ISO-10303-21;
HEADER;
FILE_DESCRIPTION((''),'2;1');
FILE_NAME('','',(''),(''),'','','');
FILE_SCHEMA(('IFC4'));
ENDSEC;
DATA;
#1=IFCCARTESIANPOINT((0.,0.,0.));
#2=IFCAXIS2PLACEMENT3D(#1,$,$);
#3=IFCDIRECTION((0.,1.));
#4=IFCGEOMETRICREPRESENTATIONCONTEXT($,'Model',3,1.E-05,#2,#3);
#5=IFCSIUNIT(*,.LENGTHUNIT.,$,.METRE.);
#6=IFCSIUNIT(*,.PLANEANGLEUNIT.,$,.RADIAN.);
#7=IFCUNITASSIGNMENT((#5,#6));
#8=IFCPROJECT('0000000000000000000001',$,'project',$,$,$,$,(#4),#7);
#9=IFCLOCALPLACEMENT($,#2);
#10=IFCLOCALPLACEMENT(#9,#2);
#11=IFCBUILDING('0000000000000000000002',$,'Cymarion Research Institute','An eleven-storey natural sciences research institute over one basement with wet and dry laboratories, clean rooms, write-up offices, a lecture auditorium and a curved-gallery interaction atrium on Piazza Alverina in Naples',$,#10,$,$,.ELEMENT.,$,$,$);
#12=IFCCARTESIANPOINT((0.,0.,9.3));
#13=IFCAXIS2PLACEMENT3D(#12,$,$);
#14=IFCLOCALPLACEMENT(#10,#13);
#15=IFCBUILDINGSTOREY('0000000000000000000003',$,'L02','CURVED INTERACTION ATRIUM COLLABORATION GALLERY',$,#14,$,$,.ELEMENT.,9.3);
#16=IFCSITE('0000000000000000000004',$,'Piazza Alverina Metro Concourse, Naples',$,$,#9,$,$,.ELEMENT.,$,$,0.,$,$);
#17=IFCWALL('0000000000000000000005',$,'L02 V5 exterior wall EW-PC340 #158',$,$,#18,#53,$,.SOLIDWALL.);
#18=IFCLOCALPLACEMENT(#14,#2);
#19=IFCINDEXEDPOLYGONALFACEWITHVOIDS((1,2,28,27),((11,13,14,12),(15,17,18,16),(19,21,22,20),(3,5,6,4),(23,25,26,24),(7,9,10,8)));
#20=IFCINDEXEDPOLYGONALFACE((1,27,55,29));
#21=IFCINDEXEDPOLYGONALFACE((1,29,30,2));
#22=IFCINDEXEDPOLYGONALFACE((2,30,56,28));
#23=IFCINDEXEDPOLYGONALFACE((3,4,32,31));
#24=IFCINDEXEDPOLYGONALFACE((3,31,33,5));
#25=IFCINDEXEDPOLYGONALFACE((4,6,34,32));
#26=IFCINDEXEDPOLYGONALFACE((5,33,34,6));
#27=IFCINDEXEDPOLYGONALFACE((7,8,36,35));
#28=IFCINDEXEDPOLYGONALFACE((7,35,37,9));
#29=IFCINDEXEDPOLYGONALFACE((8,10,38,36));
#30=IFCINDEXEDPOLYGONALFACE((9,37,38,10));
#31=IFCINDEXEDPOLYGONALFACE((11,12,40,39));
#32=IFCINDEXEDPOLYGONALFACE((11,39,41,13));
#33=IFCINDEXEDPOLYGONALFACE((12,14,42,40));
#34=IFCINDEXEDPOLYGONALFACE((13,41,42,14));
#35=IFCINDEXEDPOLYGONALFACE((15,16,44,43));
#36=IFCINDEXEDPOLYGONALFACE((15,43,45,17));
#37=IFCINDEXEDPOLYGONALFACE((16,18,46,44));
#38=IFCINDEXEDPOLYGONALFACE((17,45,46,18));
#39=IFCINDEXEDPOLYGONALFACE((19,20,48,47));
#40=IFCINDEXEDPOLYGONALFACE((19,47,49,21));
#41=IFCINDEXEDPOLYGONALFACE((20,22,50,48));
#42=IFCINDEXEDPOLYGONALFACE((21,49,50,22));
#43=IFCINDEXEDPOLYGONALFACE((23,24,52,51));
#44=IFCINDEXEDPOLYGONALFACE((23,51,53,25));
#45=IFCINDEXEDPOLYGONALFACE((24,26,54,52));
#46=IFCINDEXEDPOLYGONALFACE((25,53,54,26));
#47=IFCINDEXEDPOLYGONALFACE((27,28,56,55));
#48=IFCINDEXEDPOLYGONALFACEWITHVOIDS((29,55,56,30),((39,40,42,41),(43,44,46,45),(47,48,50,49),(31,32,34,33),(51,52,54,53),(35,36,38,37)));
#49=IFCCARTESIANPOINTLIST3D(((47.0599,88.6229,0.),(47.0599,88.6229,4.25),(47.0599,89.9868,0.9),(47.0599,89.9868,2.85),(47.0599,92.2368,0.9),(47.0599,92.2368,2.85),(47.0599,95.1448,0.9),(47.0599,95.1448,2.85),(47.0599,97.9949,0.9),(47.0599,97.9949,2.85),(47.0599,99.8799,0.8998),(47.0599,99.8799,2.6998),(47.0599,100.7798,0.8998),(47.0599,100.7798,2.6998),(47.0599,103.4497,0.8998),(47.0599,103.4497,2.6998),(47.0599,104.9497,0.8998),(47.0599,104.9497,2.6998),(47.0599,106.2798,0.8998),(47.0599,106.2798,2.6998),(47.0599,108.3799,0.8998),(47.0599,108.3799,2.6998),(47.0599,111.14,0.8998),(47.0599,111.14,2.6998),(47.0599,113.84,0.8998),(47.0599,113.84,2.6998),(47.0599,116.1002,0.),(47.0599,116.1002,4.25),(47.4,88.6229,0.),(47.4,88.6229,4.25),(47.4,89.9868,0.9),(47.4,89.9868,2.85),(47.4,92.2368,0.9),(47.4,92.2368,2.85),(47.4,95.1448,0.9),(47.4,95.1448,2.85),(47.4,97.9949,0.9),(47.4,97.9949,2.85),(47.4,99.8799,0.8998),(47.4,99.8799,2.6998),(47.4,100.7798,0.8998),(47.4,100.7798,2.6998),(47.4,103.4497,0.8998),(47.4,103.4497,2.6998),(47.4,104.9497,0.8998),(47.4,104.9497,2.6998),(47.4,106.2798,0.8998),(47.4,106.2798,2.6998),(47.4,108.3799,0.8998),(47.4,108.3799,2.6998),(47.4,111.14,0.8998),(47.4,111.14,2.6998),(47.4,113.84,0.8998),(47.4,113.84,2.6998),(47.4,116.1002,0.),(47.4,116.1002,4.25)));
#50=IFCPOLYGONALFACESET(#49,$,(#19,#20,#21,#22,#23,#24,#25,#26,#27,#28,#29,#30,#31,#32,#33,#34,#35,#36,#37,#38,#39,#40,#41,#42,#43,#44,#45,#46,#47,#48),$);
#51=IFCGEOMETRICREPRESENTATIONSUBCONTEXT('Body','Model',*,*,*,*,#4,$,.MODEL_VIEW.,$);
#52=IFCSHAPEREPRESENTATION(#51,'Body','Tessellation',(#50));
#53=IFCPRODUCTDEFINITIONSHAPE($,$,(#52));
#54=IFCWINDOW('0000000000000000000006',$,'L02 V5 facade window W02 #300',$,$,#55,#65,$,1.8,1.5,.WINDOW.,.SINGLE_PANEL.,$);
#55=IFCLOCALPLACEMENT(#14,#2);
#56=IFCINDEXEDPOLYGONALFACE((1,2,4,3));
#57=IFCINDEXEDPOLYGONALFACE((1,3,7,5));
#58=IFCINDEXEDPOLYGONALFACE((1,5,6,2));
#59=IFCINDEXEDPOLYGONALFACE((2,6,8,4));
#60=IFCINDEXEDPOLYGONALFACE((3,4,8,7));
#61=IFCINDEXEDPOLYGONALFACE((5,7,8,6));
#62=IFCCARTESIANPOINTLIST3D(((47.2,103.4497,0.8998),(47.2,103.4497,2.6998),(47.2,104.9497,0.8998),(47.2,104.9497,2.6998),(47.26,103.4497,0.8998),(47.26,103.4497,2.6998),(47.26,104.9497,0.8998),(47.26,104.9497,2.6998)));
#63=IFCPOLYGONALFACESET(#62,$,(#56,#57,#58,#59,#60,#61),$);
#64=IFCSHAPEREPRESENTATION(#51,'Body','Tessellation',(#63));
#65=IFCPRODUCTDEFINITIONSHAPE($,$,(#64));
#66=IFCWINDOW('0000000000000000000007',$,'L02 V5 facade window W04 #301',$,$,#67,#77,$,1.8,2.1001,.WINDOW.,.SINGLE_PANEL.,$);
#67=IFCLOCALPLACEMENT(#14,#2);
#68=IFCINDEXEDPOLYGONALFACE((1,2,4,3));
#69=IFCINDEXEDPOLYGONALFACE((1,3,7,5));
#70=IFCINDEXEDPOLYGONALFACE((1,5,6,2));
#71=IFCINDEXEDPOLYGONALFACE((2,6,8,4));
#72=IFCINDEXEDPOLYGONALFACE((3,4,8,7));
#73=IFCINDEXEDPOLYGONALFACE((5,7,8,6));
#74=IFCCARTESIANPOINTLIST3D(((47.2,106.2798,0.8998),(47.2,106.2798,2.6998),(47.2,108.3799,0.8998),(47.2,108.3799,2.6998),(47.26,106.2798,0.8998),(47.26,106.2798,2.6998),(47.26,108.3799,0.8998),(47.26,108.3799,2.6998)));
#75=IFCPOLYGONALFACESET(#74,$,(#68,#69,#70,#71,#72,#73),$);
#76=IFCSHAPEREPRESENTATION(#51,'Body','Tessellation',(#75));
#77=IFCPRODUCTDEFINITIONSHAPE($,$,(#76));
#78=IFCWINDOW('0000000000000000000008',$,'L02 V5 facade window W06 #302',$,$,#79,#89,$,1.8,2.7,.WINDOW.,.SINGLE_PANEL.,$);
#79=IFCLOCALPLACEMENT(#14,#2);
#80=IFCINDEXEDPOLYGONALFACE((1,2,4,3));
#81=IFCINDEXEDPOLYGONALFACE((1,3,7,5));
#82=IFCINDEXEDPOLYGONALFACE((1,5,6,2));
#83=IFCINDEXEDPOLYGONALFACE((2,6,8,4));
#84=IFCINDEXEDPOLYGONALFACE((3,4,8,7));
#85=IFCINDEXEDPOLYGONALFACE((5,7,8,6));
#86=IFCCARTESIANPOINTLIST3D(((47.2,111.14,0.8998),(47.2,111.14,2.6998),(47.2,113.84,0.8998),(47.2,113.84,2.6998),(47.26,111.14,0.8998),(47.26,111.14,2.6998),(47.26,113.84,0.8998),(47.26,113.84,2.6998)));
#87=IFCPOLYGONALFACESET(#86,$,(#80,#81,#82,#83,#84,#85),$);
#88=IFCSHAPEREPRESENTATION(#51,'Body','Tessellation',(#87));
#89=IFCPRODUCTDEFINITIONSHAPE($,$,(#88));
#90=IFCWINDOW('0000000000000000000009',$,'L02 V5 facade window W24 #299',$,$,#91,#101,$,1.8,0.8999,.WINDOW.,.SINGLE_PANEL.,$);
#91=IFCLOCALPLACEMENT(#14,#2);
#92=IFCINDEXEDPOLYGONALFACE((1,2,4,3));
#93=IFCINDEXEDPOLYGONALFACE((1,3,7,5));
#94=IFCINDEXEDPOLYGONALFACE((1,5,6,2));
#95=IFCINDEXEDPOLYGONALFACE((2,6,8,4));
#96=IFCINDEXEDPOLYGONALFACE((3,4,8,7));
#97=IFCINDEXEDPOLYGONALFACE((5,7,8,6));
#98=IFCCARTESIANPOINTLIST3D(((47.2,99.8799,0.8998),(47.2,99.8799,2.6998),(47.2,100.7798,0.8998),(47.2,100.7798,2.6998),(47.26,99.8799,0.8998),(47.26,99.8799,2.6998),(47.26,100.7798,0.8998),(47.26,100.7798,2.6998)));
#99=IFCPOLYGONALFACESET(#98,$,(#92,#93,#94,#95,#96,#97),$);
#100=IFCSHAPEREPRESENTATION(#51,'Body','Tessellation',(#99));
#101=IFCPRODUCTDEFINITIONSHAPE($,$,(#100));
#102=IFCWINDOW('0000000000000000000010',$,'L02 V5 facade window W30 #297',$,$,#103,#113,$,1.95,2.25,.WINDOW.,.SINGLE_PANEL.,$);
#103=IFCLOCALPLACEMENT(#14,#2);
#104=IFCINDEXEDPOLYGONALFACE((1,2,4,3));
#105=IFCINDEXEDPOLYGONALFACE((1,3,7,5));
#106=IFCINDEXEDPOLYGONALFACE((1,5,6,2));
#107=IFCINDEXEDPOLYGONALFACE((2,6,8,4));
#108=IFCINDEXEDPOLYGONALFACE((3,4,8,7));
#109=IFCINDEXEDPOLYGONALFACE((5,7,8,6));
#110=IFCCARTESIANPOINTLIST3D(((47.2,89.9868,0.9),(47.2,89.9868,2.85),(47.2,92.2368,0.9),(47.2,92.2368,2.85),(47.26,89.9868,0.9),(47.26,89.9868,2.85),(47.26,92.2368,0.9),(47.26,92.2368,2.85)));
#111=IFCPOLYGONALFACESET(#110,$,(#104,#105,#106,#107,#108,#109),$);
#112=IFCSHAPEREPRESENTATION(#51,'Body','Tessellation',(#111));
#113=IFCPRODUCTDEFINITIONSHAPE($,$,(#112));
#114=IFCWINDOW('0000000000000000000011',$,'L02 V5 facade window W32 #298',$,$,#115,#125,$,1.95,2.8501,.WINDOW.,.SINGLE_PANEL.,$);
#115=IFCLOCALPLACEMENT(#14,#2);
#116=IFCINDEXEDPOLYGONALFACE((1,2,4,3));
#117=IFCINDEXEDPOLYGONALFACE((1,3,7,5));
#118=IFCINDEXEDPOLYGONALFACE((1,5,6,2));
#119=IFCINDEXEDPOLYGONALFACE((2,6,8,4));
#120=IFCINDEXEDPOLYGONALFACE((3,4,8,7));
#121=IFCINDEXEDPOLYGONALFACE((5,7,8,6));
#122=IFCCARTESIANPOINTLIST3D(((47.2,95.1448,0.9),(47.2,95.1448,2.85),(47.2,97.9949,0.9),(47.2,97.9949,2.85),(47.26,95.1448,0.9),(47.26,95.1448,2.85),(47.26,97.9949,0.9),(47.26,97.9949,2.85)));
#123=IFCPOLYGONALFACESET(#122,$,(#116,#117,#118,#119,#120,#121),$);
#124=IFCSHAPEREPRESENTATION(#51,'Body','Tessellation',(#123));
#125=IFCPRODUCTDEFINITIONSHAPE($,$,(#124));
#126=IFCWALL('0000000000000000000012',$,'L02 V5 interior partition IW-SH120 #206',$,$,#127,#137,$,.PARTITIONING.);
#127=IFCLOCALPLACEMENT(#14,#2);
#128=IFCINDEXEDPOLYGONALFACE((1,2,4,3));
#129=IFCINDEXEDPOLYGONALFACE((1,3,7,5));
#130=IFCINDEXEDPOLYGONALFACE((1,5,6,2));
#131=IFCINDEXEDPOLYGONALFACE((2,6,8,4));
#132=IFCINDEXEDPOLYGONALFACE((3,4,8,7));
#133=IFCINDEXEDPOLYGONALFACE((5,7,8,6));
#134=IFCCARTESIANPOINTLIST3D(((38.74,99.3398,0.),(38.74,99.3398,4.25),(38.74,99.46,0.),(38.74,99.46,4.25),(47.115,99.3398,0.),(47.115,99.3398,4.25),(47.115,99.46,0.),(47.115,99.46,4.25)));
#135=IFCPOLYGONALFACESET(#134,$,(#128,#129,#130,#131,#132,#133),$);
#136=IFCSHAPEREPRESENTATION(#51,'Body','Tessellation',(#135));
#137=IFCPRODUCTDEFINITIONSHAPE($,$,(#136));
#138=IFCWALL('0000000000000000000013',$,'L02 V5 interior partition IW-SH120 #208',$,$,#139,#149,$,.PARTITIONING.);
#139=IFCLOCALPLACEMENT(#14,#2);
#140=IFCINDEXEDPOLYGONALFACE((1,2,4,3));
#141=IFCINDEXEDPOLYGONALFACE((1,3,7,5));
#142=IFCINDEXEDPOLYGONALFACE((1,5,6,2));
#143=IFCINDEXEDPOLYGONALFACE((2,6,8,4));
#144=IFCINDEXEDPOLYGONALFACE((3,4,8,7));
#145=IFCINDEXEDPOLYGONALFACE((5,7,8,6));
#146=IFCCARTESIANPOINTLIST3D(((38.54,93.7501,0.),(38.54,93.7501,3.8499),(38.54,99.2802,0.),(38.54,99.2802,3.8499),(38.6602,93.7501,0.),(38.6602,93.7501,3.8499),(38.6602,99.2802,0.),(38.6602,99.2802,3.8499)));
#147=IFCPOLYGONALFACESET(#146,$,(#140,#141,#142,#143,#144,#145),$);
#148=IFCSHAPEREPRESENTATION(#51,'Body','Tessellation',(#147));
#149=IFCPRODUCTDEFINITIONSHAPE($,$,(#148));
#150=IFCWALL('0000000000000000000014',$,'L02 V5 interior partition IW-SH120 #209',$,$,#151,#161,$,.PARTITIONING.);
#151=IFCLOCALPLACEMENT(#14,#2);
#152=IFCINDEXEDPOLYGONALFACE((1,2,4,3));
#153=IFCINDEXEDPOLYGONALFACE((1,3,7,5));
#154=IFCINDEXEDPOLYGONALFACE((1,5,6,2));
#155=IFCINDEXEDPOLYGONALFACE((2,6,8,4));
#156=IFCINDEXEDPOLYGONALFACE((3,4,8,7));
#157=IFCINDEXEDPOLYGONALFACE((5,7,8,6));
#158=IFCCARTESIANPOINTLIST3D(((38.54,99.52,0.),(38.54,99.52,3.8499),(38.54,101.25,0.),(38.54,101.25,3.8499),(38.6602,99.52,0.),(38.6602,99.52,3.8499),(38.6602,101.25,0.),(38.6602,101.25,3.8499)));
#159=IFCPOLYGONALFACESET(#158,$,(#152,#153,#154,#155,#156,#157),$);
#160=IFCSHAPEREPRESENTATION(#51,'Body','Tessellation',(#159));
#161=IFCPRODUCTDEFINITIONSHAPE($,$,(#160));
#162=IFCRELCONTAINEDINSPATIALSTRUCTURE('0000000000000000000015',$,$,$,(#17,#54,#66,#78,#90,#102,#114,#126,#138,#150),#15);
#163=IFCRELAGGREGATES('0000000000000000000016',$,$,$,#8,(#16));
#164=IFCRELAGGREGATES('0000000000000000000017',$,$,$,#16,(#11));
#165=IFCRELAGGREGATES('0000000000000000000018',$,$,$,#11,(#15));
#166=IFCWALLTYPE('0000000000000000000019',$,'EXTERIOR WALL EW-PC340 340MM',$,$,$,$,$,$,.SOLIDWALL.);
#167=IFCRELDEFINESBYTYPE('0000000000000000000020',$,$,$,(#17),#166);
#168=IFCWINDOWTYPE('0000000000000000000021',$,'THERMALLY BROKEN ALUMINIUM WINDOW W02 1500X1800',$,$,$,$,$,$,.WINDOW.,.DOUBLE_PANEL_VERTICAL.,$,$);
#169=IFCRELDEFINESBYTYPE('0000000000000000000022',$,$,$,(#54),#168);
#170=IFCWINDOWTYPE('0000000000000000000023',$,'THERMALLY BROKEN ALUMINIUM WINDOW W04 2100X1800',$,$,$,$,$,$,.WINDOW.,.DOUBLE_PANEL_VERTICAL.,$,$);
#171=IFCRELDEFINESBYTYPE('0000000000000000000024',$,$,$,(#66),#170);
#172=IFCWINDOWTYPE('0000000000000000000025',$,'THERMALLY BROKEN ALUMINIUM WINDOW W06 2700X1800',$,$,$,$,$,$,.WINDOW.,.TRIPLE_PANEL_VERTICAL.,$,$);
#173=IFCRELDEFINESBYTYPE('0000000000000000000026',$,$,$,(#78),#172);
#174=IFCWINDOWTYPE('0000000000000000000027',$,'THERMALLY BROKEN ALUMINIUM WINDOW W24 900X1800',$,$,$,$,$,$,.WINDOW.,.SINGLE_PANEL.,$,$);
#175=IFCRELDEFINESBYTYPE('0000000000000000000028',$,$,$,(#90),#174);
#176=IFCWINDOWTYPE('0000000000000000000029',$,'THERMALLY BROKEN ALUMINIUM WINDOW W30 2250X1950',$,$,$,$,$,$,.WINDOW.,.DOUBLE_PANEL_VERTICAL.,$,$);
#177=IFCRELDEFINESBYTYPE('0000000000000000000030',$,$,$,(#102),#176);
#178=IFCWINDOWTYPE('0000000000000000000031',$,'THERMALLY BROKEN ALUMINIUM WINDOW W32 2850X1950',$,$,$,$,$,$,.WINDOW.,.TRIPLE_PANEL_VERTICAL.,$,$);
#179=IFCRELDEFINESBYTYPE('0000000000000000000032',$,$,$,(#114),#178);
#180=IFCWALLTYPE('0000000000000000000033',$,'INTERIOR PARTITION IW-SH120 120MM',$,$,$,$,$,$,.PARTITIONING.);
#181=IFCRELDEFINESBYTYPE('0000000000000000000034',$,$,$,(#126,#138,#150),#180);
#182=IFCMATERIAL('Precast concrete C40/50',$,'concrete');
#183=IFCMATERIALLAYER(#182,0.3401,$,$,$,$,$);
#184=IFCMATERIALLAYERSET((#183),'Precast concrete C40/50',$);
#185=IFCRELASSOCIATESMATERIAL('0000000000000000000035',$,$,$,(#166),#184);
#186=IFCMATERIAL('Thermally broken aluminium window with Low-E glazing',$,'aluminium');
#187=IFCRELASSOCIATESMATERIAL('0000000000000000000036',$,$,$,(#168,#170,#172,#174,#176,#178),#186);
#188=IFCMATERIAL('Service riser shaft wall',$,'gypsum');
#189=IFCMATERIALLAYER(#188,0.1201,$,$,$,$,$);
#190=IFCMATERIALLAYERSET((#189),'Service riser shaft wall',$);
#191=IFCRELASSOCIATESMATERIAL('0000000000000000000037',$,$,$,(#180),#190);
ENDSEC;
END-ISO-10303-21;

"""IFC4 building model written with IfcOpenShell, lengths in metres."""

from ifc_helpers import new_model, si_unit, direction, frame, frame_2d, origin, place, context, subcontext, project, spatial, rectangle, extrude, material, layer, layer_set, type_object, element, fill, save


model = new_model("IFC4")

# Units and contexts
model_context = context("Model", 3, precision=1e-05, world=origin(), true_north=direction((0.0, 1.0)))
body_context = subcontext(model_context, "Body", "Model", "MODEL_VIEW")
ifc_project = project(units=[si_unit("LENGTHUNIT", "METRE"), si_unit("PLANEANGLEUNIT", "RADIAN")], contexts=[model_context])

# Site, building, storey
site_placement = place(None, origin())
site = spatial("IfcSite", under=ifc_project, at=site_placement, Name="Piazza Alverina Metro Concourse, Naples", CompositionType="ELEMENT", RefElevation=0.0)
building_placement = place(site_placement, origin())
building = spatial("IfcBuilding", under=site, at=building_placement, Name="Cymarion Research Institute", Description="An eleven-storey natural sciences research institute over one basement with wet and dry laboratories, clean rooms, write-up offices, a lecture auditorium and a curved-gallery interaction atrium on Piazza Alverina in Naples", CompositionType="ELEMENT")
storey_placement = place(building_placement, frame((0.0, 0.0, 9.3)))
storey = spatial("IfcBuildingStorey", under=building, at=storey_placement, Name="L02", Description="CURVED INTERACTION ATRIUM COLLABORATION GALLERY", CompositionType="ELEMENT", Elevation=9.3)

# Wall, openings, windows
ifc_material_1 = material(Name="Precast concrete C40/50", Category="concrete")
ifc_layer_1 = layer(ifc_material_1, 0.3401)
ifc_layer_set_1 = layer_set([ifc_layer_1], Name="Precast concrete C40/50")
wall_type_1 = type_object("IfcWallType", Name="EXTERIOR WALL EW-PC340 340MM", PredefinedType="SOLIDWALL", material=ifc_layer_set_1)
wall_1_placement = place(storey_placement, frame((47.23, 88.6228, 0.0), z_axis=(0.0, 0.0, 1.0), x_axis=(0.0, 1.0, 0.0)))
wall_1 = element("IfcWall", 1, at=wall_1_placement, inside=storey, type_object=wall_type_1, Name="L02 V5 exterior wall EW-PC340 #158", PredefinedType="SOLIDWALL", context=body_context, shape_type="SweptSolid", body=[
    extrude(rectangle(XDim=27.4773, YDim=0.3401, at=frame_2d((13.7388, 0.0))), origin(), (0.0, 0.0, 1.0), 4.25),
])
opening_1_placement = place(wall_1_placement, frame((1.364, 0.0, 0.8999)))
opening_1 = element("IfcOpeningElement", 2, at=opening_1_placement, cuts=wall_1, PredefinedType="OPENING", context=body_context, shape_type="SweptSolid", body=[
    extrude(rectangle(XDim=2.25, YDim=1.95, at=frame_2d((1.125, 0.9751))), frame((0.0, 0.1799, 0.0), z_axis=(0.0, -1.0, 0.0), x_axis=(1.0, 0.0, 0.0)), (0.0, 0.0, 1.0), 0.3601),
])
opening_2_placement = place(wall_1_placement, frame((6.522, 0.0, 0.8999)))
opening_2 = element("IfcOpeningElement", 3, at=opening_2_placement, cuts=wall_1, PredefinedType="OPENING", context=body_context, shape_type="SweptSolid", body=[
    extrude(rectangle(XDim=2.8501, YDim=1.95, at=frame_2d((1.425, 0.9751))), frame((0.0, 0.1799, 0.0), z_axis=(0.0, -1.0, 0.0), x_axis=(1.0, 0.0, 0.0)), (0.0, 0.0, 1.0), 0.3601),
])
opening_3_placement = place(wall_1_placement, frame((11.2571, 0.0, 0.8999)))
opening_3 = element("IfcOpeningElement", 4, at=opening_3_placement, cuts=wall_1, PredefinedType="OPENING", context=body_context, shape_type="SweptSolid", body=[
    extrude(rectangle(XDim=0.8999, YDim=1.8, at=frame_2d((0.45, 0.8999))), frame((0.0, 0.1799, 0.0), z_axis=(0.0, -1.0, 0.0), x_axis=(1.0, 0.0, 0.0)), (0.0, 0.0, 1.0), 0.3601),
])
opening_4_placement = place(wall_1_placement, frame((14.8269, 0.0, 0.8999)))
opening_4 = element("IfcOpeningElement", 5, at=opening_4_placement, cuts=wall_1, PredefinedType="OPENING", context=body_context, shape_type="SweptSolid", body=[
    extrude(rectangle(XDim=1.5, YDim=1.8, at=frame_2d((0.75, 0.8999))), frame((0.0, 0.1799, 0.0), z_axis=(0.0, -1.0, 0.0), x_axis=(1.0, 0.0, 0.0)), (0.0, 0.0, 1.0), 0.3601),
])
opening_5_placement = place(wall_1_placement, frame((17.657, 0.0, 0.8999)))
opening_5 = element("IfcOpeningElement", 6, at=opening_5_placement, cuts=wall_1, PredefinedType="OPENING", context=body_context, shape_type="SweptSolid", body=[
    extrude(rectangle(XDim=2.1001, YDim=1.8, at=frame_2d((1.05, 0.8999))), frame((0.0, 0.1799, 0.0), z_axis=(0.0, -1.0, 0.0), x_axis=(1.0, 0.0, 0.0)), (0.0, 0.0, 1.0), 0.3601),
])
opening_6_placement = place(wall_1_placement, frame((22.5171, 0.0, 0.8999)))
opening_6 = element("IfcOpeningElement", 7, at=opening_6_placement, cuts=wall_1, PredefinedType="OPENING", context=body_context, shape_type="SweptSolid", body=[
    extrude(rectangle(XDim=2.7, YDim=1.8, at=frame_2d((1.3501, 0.8999))), frame((0.0, 0.1799, 0.0), z_axis=(0.0, -1.0, 0.0), x_axis=(1.0, 0.0, 0.0)), (0.0, 0.0, 1.0), 0.3601),
])
ifc_material_2 = material(Name="Thermally broken aluminium window with Low-E glazing", Category="aluminium")
window_type_1 = type_object("IfcWindowType", Name="THERMALLY BROKEN ALUMINIUM WINDOW W02 1500X1800", PartitioningType="DOUBLE_PANEL_VERTICAL", PredefinedType="WINDOW", material=ifc_material_2)
window_1_placement = place(opening_4_placement, origin())
window_1 = element("IfcWindow", 8, at=window_1_placement, inside=storey, type_object=window_type_1, Name="L02 V5 facade window W02 #300", OverallHeight=1.8, OverallWidth=1.5, PartitioningType="SINGLE_PANEL", PredefinedType="WINDOW", context=body_context, shape_type="SweptSolid", body=[
    extrude(rectangle(XDim=1.5, YDim=1.8, at=frame_2d((0.75, 0.8999))), frame((0.0, 0.03, 0.0), z_axis=(0.0, -1.0, 0.0), x_axis=(1.0, 0.0, 0.0)), (0.0, 0.0, 1.0), 0.0601),
])
fill(opening_4, window_1)
window_type_2 = type_object("IfcWindowType", Name="THERMALLY BROKEN ALUMINIUM WINDOW W04 2100X1800", PartitioningType="DOUBLE_PANEL_VERTICAL", PredefinedType="WINDOW", material=ifc_material_2)
window_2_placement = place(opening_5_placement, origin())
window_2 = element("IfcWindow", 9, at=window_2_placement, inside=storey, type_object=window_type_2, Name="L02 V5 facade window W04 #301", OverallHeight=1.8, OverallWidth=2.1001, PartitioningType="SINGLE_PANEL", PredefinedType="WINDOW", context=body_context, shape_type="SweptSolid", body=[
    extrude(rectangle(XDim=2.1001, YDim=1.8, at=frame_2d((1.05, 0.8999))), frame((0.0, 0.03, 0.0), z_axis=(0.0, -1.0, 0.0), x_axis=(1.0, 0.0, 0.0)), (0.0, 0.0, 1.0), 0.0601),
])
fill(opening_5, window_2)
window_type_3 = type_object("IfcWindowType", Name="THERMALLY BROKEN ALUMINIUM WINDOW W06 2700X1800", PartitioningType="TRIPLE_PANEL_VERTICAL", PredefinedType="WINDOW", material=ifc_material_2)
window_3_placement = place(opening_6_placement, origin())
window_3 = element("IfcWindow", 10, at=window_3_placement, inside=storey, type_object=window_type_3, Name="L02 V5 facade window W06 #302", OverallHeight=1.8, OverallWidth=2.7, PartitioningType="SINGLE_PANEL", PredefinedType="WINDOW", context=body_context, shape_type="SweptSolid", body=[
    extrude(rectangle(XDim=2.7, YDim=1.8, at=frame_2d((1.3501, 0.8999))), frame((0.0, 0.03, 0.0), z_axis=(0.0, -1.0, 0.0), x_axis=(1.0, 0.0, 0.0)), (0.0, 0.0, 1.0), 0.0601),
])
fill(opening_6, window_3)
window_type_4 = type_object("IfcWindowType", Name="THERMALLY BROKEN ALUMINIUM WINDOW W24 900X1800", PartitioningType="SINGLE_PANEL", PredefinedType="WINDOW", material=ifc_material_2)
window_4_placement = place(opening_3_placement, origin())
window_4 = element("IfcWindow", 11, at=window_4_placement, inside=storey, type_object=window_type_4, Name="L02 V5 facade window W24 #299", OverallHeight=1.8, OverallWidth=0.8999, PartitioningType="SINGLE_PANEL", PredefinedType="WINDOW", context=body_context, shape_type="SweptSolid", body=[
    extrude(rectangle(XDim=0.8999, YDim=1.8, at=frame_2d((0.45, 0.8999))), frame((0.0, 0.03, 0.0), z_axis=(0.0, -1.0, 0.0), x_axis=(1.0, 0.0, 0.0)), (0.0, 0.0, 1.0), 0.0601),
])
fill(opening_3, window_4)
window_type_5 = type_object("IfcWindowType", Name="THERMALLY BROKEN ALUMINIUM WINDOW W30 2250X1950", PartitioningType="DOUBLE_PANEL_VERTICAL", PredefinedType="WINDOW", material=ifc_material_2)
window_5_placement = place(opening_1_placement, origin())
window_5 = element("IfcWindow", 12, at=window_5_placement, inside=storey, type_object=window_type_5, Name="L02 V5 facade window W30 #297", OverallHeight=1.95, OverallWidth=2.25, PartitioningType="SINGLE_PANEL", PredefinedType="WINDOW", context=body_context, shape_type="SweptSolid", body=[
    extrude(rectangle(XDim=2.25, YDim=1.95, at=frame_2d((1.125, 0.9751))), frame((0.0, 0.03, 0.0), z_axis=(0.0, -1.0, 0.0), x_axis=(1.0, 0.0, 0.0)), (0.0, 0.0, 1.0), 0.0601),
])
fill(opening_1, window_5)
window_type_6 = type_object("IfcWindowType", Name="THERMALLY BROKEN ALUMINIUM WINDOW W32 2850X1950", PartitioningType="TRIPLE_PANEL_VERTICAL", PredefinedType="WINDOW", material=ifc_material_2)
window_6_placement = place(opening_2_placement, origin())
window_6 = element("IfcWindow", 13, at=window_6_placement, inside=storey, type_object=window_type_6, Name="L02 V5 facade window W32 #298", OverallHeight=1.95, OverallWidth=2.8501, PartitioningType="SINGLE_PANEL", PredefinedType="WINDOW", context=body_context, shape_type="SweptSolid", body=[
    extrude(rectangle(XDim=2.8501, YDim=1.95, at=frame_2d((1.425, 0.9751))), frame((0.0, 0.03, 0.0), z_axis=(0.0, -1.0, 0.0), x_axis=(1.0, 0.0, 0.0)), (0.0, 0.0, 1.0), 0.0601),
])
fill(opening_2, window_6)

# Walls
ifc_material_3 = material(Name="Service riser shaft wall", Category="gypsum")
ifc_layer_2 = layer(ifc_material_3, 0.1201)
ifc_layer_set_2 = layer_set([ifc_layer_2], Name="Service riser shaft wall")
wall_type_2 = type_object("IfcWallType", Name="INTERIOR PARTITION IW-SH120 120MM", PredefinedType="PARTITIONING", material=ifc_layer_set_2)
wall_2_placement = place(storey_placement, frame((38.74, 99.3999, 0.0), z_axis=(0.0, 0.0, 1.0), x_axis=(1.0, 0.0, 0.0)))
element("IfcWall", 14, at=wall_2_placement, inside=storey, type_object=wall_type_2, Name="L02 V5 interior partition IW-SH120 #206", PredefinedType="PARTITIONING", context=body_context, shape_type="SweptSolid", body=[
    extrude(rectangle(XDim=8.375, YDim=0.1201, at=frame_2d((4.1875, 0.0))), origin(), (0.0, 0.0, 1.0), 4.25),
])
wall_3_placement = place(storey_placement, frame((38.6001, 93.75, 0.0), z_axis=(0.0, 0.0, 1.0), x_axis=(0.0, 1.0, 0.0)))
element("IfcWall", 15, at=wall_3_placement, inside=storey, type_object=wall_type_2, Name="L02 V5 interior partition IW-SH120 #208", PredefinedType="PARTITIONING", context=body_context, shape_type="SweptSolid", body=[
    extrude(rectangle(XDim=5.53, YDim=0.1201, at=frame_2d((2.7651, 0.0))), origin(), (0.0, 0.0, 1.0), 3.8499),
])
wall_4_placement = place(storey_placement, frame((38.6001, 99.52, 0.0), z_axis=(0.0, 0.0, 1.0), x_axis=(0.0, 1.0, 0.0)))
element("IfcWall", 16, at=wall_4_placement, inside=storey, type_object=wall_type_2, Name="L02 V5 interior partition IW-SH120 #209", PredefinedType="PARTITIONING", context=body_context, shape_type="SweptSolid", body=[
    extrude(rectangle(XDim=1.73, YDim=0.1201, at=frame_2d((0.865, 0.0))), origin(), (0.0, 0.0, 1.0), 3.8499),
])

save(model, "model.ifc")
